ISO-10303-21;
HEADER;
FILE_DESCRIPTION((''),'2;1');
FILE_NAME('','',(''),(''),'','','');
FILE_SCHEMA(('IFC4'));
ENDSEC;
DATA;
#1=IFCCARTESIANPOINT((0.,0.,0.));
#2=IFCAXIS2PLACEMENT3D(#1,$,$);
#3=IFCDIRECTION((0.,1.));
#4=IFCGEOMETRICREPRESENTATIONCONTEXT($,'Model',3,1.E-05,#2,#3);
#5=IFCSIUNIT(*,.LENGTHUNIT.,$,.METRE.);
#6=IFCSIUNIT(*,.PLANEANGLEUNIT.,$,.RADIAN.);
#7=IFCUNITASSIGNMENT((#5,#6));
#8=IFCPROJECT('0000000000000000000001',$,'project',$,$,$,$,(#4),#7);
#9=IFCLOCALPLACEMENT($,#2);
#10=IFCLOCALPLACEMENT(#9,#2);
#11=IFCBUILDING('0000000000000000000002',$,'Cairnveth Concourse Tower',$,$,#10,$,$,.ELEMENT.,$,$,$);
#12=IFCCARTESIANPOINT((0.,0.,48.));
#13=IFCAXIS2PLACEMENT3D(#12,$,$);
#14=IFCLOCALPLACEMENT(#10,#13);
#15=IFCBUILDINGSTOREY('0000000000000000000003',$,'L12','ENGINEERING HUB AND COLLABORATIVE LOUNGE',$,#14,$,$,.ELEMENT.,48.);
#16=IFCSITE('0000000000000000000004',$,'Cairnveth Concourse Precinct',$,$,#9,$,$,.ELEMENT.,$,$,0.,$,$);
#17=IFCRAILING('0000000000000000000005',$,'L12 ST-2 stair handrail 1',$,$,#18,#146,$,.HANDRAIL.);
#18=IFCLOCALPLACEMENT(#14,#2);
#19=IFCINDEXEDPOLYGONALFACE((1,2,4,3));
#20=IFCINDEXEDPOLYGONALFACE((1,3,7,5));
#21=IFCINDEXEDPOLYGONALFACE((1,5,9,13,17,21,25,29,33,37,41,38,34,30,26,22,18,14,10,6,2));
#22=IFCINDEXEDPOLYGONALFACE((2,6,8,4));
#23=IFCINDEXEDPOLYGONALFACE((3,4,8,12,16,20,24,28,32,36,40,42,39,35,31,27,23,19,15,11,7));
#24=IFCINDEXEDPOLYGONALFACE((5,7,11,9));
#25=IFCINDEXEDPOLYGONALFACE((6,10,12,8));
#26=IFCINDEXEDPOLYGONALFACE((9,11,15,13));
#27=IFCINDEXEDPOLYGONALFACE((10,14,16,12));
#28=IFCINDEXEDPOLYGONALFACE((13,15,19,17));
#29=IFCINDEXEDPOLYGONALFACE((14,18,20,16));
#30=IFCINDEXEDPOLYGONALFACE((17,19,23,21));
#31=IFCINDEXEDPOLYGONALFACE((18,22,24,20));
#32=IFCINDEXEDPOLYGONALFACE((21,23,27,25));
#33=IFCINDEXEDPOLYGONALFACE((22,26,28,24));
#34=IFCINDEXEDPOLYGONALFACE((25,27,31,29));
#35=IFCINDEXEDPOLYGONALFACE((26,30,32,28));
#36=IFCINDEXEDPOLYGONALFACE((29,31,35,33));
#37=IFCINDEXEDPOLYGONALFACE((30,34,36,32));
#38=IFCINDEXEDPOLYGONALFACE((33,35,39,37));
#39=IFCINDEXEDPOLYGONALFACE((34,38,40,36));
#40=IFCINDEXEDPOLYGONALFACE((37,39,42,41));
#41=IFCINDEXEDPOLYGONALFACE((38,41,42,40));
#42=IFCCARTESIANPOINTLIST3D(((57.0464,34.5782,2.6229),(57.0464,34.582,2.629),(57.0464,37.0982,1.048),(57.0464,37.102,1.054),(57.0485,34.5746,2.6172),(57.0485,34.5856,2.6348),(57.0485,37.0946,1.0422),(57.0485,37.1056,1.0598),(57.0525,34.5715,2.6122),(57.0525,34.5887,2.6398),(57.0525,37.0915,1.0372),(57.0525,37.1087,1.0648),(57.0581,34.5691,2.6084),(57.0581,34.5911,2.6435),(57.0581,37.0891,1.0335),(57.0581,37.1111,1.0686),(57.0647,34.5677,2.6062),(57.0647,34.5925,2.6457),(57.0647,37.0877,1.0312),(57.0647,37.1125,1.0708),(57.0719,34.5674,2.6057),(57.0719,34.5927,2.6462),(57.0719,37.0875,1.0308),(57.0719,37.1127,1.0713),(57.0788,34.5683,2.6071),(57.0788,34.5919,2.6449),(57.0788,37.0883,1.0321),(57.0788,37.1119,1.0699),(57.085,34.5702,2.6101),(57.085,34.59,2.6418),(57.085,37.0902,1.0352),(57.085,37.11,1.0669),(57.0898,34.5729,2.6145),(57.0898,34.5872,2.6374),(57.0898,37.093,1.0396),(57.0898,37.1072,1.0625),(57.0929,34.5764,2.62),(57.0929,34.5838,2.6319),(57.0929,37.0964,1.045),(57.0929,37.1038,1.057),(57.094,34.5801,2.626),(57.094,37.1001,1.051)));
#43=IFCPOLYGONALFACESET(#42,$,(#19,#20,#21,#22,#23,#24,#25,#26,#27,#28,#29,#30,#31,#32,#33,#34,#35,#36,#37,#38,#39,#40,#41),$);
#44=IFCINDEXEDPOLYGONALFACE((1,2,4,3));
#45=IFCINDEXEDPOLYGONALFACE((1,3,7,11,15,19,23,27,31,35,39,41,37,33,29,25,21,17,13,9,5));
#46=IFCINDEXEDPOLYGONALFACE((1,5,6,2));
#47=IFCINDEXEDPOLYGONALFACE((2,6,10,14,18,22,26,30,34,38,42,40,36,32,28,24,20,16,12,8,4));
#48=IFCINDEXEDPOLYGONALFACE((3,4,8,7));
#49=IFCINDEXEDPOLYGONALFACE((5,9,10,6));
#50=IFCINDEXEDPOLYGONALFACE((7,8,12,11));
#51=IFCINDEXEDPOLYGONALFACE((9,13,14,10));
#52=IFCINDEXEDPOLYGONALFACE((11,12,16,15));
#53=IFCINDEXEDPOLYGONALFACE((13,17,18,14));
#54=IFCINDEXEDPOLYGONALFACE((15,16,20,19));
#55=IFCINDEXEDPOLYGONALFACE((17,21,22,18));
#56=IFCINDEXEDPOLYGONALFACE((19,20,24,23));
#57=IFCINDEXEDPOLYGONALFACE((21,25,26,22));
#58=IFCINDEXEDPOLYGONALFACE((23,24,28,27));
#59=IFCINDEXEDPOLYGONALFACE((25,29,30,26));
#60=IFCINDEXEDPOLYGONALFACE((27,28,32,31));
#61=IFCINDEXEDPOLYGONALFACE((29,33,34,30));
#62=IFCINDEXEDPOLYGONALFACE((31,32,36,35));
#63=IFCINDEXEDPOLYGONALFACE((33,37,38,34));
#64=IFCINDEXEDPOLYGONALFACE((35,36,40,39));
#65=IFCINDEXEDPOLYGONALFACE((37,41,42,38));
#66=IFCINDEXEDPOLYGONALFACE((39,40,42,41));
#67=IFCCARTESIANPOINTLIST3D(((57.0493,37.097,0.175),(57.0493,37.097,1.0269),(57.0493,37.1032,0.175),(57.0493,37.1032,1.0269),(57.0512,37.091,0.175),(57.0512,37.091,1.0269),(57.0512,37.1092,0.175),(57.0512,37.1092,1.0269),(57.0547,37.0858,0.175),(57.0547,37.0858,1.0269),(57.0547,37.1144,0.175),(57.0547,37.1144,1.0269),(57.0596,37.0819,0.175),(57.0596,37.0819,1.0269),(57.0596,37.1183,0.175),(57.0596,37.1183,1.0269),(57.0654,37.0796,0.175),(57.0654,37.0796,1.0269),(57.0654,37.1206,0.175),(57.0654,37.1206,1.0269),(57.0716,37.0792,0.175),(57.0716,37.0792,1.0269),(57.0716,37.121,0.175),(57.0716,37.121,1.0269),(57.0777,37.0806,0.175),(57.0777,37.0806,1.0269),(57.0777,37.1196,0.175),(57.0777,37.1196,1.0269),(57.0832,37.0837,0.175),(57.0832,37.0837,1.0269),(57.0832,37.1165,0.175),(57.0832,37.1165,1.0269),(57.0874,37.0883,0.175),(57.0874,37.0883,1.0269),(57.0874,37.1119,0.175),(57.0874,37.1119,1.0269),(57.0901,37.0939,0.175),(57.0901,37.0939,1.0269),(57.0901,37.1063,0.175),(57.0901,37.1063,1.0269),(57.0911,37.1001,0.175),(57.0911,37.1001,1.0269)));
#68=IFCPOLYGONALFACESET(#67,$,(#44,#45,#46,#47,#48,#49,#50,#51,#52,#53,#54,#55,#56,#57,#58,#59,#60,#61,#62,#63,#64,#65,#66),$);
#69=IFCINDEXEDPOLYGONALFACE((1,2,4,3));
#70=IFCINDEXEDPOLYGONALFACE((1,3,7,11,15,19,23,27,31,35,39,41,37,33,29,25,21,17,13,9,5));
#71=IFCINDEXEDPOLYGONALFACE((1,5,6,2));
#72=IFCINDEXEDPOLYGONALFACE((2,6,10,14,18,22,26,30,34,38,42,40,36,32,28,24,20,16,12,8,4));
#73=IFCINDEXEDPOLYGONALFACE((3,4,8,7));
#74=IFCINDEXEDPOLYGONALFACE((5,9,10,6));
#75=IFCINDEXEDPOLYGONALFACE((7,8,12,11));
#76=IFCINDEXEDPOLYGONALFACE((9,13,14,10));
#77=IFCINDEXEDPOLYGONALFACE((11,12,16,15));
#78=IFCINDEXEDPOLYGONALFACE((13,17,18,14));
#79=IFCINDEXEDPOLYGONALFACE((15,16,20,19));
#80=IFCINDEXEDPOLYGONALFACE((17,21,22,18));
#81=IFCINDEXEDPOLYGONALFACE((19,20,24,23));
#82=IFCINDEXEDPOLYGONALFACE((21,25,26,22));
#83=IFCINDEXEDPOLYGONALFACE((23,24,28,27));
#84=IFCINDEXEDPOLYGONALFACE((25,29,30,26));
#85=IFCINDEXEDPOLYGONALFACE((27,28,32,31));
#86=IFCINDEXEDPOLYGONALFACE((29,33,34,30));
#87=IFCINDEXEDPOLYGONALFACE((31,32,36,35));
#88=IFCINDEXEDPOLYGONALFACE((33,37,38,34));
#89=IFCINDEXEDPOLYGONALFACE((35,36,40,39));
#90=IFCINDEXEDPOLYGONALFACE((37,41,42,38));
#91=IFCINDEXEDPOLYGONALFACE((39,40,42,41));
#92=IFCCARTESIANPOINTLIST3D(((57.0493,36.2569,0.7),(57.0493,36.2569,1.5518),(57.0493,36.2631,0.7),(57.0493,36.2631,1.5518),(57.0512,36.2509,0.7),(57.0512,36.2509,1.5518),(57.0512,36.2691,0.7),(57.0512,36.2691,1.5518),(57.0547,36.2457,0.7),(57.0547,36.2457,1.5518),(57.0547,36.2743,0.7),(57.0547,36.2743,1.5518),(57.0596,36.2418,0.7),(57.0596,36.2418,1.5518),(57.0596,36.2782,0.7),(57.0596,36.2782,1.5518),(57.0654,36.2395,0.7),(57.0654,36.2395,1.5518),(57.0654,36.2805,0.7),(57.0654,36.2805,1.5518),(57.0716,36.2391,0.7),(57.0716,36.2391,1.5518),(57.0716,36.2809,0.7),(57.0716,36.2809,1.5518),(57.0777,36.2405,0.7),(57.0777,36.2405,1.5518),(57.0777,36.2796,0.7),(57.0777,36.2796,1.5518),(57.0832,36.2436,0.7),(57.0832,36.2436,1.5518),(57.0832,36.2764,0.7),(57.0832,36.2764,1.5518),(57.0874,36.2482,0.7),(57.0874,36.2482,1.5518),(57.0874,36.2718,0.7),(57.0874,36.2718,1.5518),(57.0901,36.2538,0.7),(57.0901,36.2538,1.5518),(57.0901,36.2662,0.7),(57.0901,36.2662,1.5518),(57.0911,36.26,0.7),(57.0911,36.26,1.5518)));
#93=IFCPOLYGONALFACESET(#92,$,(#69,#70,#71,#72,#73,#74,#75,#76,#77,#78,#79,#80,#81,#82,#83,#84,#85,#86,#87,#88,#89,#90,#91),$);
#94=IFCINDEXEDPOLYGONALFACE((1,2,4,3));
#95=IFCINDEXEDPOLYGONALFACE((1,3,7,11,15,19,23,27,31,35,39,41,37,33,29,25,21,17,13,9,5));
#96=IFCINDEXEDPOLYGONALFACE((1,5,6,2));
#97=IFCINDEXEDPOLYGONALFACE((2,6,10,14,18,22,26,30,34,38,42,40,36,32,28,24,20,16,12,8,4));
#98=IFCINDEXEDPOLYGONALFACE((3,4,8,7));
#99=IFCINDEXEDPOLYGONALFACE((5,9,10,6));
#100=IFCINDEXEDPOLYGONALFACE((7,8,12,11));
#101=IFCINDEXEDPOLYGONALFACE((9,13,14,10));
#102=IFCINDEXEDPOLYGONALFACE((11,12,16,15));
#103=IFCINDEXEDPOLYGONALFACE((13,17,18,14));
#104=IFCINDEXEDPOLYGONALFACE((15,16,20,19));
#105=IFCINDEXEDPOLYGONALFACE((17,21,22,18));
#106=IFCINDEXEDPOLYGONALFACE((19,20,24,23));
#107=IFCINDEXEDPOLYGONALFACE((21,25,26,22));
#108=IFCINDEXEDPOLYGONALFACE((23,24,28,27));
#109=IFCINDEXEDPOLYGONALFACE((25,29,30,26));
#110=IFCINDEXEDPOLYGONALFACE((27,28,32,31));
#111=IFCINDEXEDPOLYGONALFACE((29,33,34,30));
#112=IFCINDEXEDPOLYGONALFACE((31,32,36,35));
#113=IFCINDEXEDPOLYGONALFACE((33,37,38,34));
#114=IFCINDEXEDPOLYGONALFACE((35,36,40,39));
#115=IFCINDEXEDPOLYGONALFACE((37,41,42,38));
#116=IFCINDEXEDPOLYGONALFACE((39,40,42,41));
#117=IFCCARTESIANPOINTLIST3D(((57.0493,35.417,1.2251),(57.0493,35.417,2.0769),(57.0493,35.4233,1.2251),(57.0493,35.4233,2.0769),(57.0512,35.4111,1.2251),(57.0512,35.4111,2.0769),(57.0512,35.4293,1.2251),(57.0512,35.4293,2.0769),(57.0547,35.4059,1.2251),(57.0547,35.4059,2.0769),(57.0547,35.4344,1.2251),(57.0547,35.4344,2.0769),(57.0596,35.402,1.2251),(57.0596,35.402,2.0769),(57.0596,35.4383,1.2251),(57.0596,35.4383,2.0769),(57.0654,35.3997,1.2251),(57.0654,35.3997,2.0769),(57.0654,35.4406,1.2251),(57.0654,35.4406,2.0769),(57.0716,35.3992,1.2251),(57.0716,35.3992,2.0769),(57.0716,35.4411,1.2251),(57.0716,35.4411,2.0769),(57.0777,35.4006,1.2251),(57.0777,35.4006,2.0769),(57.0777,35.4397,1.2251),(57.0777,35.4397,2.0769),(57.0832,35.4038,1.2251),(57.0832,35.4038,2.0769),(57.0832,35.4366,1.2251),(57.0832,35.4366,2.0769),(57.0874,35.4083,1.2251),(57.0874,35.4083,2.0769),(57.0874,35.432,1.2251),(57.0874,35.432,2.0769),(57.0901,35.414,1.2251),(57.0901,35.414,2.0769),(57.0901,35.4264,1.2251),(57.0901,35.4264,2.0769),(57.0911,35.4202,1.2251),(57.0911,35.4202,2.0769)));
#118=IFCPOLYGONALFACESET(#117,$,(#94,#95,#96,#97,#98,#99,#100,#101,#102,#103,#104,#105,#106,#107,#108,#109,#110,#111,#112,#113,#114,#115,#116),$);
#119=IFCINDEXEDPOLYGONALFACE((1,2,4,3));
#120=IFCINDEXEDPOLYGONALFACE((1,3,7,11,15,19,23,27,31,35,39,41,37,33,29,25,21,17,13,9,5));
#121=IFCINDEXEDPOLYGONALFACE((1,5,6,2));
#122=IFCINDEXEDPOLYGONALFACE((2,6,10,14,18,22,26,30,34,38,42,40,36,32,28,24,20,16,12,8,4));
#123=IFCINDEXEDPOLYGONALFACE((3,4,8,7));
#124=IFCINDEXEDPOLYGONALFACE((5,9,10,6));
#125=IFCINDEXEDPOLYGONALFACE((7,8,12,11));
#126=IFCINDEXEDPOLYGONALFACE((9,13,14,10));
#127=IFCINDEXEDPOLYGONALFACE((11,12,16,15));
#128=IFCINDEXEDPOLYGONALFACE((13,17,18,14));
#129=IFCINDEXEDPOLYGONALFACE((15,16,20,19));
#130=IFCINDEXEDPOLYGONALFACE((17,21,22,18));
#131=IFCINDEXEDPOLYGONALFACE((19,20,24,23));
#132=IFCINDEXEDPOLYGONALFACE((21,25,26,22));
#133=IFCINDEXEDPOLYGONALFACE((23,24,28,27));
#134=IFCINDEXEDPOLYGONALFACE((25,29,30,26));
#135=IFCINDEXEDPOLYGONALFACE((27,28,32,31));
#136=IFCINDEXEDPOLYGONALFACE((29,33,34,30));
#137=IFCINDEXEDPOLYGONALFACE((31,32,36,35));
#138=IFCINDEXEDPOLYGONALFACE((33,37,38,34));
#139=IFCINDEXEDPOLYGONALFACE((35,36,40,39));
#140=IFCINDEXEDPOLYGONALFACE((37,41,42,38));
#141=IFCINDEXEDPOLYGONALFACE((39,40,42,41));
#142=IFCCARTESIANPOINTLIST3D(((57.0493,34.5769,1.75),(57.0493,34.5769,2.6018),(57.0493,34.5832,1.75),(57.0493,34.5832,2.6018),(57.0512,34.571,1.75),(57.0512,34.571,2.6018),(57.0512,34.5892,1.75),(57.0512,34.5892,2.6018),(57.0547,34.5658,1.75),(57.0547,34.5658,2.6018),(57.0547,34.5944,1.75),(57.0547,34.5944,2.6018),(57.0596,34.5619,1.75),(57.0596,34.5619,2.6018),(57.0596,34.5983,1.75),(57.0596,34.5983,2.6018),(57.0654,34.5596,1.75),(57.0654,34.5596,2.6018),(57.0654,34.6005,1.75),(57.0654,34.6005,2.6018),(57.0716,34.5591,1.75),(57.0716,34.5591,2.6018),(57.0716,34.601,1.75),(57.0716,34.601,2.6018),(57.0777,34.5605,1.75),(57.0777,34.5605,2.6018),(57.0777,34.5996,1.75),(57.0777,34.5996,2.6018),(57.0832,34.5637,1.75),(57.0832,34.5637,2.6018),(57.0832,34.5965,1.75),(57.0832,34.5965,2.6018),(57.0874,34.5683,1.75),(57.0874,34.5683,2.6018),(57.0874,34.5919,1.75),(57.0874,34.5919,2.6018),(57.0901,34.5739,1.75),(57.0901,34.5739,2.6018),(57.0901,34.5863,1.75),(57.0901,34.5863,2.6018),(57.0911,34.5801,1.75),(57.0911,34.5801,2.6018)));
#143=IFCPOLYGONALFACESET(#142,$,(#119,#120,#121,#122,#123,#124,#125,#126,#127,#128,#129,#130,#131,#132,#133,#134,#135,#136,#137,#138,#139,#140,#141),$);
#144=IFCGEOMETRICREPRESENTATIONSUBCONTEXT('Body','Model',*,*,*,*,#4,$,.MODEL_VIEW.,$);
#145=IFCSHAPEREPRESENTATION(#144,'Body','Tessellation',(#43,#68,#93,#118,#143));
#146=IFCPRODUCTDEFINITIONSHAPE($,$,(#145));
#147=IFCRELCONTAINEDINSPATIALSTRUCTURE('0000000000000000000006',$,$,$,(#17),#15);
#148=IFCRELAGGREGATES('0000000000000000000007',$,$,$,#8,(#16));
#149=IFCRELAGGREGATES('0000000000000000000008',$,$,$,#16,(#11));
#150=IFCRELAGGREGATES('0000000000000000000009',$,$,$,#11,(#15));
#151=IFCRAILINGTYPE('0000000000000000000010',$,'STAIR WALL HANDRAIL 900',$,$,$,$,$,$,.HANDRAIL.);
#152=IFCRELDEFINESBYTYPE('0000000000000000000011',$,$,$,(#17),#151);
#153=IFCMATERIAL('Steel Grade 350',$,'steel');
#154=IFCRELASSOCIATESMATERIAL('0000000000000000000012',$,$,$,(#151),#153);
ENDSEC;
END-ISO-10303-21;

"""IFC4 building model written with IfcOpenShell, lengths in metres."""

from ifc_helpers import new_model, si_unit, direction, frame, origin, origin_2d, place, context, subcontext, project, spatial, circle, extrude, material, type_object, element, save


model = new_model("IFC4")

# Units and contexts
model_context = context("Model", 3, precision=1e-05, world=origin(), true_north=direction((0.0, 1.0)))
body_context = subcontext(model_context, "Body", "Model", "MODEL_VIEW")
ifc_project = project(units=[si_unit("LENGTHUNIT", "METRE"), si_unit("PLANEANGLEUNIT", "RADIAN")], contexts=[model_context])

# Site, building, storey
site_placement = place(None, origin())
site = spatial("IfcSite", under=ifc_project, at=site_placement, Name="Cairnveth Concourse Precinct", CompositionType="ELEMENT", RefElevation=0.0)
building_placement = place(site_placement, origin())
building = spatial("IfcBuilding", under=site, at=building_placement, Name="Cairnveth Concourse Tower", CompositionType="ELEMENT")
storey_placement = place(building_placement, frame((0.0, 0.0, 48.0)))
storey = spatial("IfcBuildingStorey", under=building, at=storey_placement, Name="L12", Description="ENGINEERING HUB AND COLLABORATIVE LOUNGE", CompositionType="ELEMENT", Elevation=48.0)

# Shared definitions
ifc_material_1 = material(Name="Steel Grade 350", Category="steel")

# Railing
railing_type_1 = type_object("IfcRailingType", Name="STAIR WALL HANDRAIL 900", PredefinedType="HANDRAIL", material=ifc_material_1)
railing_1_placement = place(storey_placement, frame((57.0701, 37.1001, 0.175)))
element("IfcRailing", 1, at=railing_1_placement, inside=storey, type_object=railing_type_1, Name="L12 ST-2 stair handrail 1", PredefinedType="HANDRAIL", context=body_context, shape_type="SweptSolid", body=[
    extrude(circle(Radius=0.0239, at=origin_2d()), frame((0.0, 0.0, 0.876), z_axis=(0.0, -0.848008, 0.529984), x_axis=(1.0, 0.0, 0.0)), (0.0, 0.0, 1.0), 2.9717),
    extrude(circle(Radius=0.021, at=origin_2d()), origin(), (0.0, 0.0, 1.0), 0.8518),
    extrude(circle(Radius=0.021, at=origin_2d()), frame((0.0, -0.8401, 0.5249)), (0.0, 0.0, 1.0), 0.8518),
    extrude(circle(Radius=0.021, at=origin_2d()), frame((0.0, -1.6799, 1.05)), (0.0, 0.0, 1.0), 0.8518),
    extrude(circle(Radius=0.021, at=origin_2d()), frame((0.0, -2.52, 1.575)), (0.0, 0.0, 1.0), 0.8518),
])

save(model, "model.ifc")
